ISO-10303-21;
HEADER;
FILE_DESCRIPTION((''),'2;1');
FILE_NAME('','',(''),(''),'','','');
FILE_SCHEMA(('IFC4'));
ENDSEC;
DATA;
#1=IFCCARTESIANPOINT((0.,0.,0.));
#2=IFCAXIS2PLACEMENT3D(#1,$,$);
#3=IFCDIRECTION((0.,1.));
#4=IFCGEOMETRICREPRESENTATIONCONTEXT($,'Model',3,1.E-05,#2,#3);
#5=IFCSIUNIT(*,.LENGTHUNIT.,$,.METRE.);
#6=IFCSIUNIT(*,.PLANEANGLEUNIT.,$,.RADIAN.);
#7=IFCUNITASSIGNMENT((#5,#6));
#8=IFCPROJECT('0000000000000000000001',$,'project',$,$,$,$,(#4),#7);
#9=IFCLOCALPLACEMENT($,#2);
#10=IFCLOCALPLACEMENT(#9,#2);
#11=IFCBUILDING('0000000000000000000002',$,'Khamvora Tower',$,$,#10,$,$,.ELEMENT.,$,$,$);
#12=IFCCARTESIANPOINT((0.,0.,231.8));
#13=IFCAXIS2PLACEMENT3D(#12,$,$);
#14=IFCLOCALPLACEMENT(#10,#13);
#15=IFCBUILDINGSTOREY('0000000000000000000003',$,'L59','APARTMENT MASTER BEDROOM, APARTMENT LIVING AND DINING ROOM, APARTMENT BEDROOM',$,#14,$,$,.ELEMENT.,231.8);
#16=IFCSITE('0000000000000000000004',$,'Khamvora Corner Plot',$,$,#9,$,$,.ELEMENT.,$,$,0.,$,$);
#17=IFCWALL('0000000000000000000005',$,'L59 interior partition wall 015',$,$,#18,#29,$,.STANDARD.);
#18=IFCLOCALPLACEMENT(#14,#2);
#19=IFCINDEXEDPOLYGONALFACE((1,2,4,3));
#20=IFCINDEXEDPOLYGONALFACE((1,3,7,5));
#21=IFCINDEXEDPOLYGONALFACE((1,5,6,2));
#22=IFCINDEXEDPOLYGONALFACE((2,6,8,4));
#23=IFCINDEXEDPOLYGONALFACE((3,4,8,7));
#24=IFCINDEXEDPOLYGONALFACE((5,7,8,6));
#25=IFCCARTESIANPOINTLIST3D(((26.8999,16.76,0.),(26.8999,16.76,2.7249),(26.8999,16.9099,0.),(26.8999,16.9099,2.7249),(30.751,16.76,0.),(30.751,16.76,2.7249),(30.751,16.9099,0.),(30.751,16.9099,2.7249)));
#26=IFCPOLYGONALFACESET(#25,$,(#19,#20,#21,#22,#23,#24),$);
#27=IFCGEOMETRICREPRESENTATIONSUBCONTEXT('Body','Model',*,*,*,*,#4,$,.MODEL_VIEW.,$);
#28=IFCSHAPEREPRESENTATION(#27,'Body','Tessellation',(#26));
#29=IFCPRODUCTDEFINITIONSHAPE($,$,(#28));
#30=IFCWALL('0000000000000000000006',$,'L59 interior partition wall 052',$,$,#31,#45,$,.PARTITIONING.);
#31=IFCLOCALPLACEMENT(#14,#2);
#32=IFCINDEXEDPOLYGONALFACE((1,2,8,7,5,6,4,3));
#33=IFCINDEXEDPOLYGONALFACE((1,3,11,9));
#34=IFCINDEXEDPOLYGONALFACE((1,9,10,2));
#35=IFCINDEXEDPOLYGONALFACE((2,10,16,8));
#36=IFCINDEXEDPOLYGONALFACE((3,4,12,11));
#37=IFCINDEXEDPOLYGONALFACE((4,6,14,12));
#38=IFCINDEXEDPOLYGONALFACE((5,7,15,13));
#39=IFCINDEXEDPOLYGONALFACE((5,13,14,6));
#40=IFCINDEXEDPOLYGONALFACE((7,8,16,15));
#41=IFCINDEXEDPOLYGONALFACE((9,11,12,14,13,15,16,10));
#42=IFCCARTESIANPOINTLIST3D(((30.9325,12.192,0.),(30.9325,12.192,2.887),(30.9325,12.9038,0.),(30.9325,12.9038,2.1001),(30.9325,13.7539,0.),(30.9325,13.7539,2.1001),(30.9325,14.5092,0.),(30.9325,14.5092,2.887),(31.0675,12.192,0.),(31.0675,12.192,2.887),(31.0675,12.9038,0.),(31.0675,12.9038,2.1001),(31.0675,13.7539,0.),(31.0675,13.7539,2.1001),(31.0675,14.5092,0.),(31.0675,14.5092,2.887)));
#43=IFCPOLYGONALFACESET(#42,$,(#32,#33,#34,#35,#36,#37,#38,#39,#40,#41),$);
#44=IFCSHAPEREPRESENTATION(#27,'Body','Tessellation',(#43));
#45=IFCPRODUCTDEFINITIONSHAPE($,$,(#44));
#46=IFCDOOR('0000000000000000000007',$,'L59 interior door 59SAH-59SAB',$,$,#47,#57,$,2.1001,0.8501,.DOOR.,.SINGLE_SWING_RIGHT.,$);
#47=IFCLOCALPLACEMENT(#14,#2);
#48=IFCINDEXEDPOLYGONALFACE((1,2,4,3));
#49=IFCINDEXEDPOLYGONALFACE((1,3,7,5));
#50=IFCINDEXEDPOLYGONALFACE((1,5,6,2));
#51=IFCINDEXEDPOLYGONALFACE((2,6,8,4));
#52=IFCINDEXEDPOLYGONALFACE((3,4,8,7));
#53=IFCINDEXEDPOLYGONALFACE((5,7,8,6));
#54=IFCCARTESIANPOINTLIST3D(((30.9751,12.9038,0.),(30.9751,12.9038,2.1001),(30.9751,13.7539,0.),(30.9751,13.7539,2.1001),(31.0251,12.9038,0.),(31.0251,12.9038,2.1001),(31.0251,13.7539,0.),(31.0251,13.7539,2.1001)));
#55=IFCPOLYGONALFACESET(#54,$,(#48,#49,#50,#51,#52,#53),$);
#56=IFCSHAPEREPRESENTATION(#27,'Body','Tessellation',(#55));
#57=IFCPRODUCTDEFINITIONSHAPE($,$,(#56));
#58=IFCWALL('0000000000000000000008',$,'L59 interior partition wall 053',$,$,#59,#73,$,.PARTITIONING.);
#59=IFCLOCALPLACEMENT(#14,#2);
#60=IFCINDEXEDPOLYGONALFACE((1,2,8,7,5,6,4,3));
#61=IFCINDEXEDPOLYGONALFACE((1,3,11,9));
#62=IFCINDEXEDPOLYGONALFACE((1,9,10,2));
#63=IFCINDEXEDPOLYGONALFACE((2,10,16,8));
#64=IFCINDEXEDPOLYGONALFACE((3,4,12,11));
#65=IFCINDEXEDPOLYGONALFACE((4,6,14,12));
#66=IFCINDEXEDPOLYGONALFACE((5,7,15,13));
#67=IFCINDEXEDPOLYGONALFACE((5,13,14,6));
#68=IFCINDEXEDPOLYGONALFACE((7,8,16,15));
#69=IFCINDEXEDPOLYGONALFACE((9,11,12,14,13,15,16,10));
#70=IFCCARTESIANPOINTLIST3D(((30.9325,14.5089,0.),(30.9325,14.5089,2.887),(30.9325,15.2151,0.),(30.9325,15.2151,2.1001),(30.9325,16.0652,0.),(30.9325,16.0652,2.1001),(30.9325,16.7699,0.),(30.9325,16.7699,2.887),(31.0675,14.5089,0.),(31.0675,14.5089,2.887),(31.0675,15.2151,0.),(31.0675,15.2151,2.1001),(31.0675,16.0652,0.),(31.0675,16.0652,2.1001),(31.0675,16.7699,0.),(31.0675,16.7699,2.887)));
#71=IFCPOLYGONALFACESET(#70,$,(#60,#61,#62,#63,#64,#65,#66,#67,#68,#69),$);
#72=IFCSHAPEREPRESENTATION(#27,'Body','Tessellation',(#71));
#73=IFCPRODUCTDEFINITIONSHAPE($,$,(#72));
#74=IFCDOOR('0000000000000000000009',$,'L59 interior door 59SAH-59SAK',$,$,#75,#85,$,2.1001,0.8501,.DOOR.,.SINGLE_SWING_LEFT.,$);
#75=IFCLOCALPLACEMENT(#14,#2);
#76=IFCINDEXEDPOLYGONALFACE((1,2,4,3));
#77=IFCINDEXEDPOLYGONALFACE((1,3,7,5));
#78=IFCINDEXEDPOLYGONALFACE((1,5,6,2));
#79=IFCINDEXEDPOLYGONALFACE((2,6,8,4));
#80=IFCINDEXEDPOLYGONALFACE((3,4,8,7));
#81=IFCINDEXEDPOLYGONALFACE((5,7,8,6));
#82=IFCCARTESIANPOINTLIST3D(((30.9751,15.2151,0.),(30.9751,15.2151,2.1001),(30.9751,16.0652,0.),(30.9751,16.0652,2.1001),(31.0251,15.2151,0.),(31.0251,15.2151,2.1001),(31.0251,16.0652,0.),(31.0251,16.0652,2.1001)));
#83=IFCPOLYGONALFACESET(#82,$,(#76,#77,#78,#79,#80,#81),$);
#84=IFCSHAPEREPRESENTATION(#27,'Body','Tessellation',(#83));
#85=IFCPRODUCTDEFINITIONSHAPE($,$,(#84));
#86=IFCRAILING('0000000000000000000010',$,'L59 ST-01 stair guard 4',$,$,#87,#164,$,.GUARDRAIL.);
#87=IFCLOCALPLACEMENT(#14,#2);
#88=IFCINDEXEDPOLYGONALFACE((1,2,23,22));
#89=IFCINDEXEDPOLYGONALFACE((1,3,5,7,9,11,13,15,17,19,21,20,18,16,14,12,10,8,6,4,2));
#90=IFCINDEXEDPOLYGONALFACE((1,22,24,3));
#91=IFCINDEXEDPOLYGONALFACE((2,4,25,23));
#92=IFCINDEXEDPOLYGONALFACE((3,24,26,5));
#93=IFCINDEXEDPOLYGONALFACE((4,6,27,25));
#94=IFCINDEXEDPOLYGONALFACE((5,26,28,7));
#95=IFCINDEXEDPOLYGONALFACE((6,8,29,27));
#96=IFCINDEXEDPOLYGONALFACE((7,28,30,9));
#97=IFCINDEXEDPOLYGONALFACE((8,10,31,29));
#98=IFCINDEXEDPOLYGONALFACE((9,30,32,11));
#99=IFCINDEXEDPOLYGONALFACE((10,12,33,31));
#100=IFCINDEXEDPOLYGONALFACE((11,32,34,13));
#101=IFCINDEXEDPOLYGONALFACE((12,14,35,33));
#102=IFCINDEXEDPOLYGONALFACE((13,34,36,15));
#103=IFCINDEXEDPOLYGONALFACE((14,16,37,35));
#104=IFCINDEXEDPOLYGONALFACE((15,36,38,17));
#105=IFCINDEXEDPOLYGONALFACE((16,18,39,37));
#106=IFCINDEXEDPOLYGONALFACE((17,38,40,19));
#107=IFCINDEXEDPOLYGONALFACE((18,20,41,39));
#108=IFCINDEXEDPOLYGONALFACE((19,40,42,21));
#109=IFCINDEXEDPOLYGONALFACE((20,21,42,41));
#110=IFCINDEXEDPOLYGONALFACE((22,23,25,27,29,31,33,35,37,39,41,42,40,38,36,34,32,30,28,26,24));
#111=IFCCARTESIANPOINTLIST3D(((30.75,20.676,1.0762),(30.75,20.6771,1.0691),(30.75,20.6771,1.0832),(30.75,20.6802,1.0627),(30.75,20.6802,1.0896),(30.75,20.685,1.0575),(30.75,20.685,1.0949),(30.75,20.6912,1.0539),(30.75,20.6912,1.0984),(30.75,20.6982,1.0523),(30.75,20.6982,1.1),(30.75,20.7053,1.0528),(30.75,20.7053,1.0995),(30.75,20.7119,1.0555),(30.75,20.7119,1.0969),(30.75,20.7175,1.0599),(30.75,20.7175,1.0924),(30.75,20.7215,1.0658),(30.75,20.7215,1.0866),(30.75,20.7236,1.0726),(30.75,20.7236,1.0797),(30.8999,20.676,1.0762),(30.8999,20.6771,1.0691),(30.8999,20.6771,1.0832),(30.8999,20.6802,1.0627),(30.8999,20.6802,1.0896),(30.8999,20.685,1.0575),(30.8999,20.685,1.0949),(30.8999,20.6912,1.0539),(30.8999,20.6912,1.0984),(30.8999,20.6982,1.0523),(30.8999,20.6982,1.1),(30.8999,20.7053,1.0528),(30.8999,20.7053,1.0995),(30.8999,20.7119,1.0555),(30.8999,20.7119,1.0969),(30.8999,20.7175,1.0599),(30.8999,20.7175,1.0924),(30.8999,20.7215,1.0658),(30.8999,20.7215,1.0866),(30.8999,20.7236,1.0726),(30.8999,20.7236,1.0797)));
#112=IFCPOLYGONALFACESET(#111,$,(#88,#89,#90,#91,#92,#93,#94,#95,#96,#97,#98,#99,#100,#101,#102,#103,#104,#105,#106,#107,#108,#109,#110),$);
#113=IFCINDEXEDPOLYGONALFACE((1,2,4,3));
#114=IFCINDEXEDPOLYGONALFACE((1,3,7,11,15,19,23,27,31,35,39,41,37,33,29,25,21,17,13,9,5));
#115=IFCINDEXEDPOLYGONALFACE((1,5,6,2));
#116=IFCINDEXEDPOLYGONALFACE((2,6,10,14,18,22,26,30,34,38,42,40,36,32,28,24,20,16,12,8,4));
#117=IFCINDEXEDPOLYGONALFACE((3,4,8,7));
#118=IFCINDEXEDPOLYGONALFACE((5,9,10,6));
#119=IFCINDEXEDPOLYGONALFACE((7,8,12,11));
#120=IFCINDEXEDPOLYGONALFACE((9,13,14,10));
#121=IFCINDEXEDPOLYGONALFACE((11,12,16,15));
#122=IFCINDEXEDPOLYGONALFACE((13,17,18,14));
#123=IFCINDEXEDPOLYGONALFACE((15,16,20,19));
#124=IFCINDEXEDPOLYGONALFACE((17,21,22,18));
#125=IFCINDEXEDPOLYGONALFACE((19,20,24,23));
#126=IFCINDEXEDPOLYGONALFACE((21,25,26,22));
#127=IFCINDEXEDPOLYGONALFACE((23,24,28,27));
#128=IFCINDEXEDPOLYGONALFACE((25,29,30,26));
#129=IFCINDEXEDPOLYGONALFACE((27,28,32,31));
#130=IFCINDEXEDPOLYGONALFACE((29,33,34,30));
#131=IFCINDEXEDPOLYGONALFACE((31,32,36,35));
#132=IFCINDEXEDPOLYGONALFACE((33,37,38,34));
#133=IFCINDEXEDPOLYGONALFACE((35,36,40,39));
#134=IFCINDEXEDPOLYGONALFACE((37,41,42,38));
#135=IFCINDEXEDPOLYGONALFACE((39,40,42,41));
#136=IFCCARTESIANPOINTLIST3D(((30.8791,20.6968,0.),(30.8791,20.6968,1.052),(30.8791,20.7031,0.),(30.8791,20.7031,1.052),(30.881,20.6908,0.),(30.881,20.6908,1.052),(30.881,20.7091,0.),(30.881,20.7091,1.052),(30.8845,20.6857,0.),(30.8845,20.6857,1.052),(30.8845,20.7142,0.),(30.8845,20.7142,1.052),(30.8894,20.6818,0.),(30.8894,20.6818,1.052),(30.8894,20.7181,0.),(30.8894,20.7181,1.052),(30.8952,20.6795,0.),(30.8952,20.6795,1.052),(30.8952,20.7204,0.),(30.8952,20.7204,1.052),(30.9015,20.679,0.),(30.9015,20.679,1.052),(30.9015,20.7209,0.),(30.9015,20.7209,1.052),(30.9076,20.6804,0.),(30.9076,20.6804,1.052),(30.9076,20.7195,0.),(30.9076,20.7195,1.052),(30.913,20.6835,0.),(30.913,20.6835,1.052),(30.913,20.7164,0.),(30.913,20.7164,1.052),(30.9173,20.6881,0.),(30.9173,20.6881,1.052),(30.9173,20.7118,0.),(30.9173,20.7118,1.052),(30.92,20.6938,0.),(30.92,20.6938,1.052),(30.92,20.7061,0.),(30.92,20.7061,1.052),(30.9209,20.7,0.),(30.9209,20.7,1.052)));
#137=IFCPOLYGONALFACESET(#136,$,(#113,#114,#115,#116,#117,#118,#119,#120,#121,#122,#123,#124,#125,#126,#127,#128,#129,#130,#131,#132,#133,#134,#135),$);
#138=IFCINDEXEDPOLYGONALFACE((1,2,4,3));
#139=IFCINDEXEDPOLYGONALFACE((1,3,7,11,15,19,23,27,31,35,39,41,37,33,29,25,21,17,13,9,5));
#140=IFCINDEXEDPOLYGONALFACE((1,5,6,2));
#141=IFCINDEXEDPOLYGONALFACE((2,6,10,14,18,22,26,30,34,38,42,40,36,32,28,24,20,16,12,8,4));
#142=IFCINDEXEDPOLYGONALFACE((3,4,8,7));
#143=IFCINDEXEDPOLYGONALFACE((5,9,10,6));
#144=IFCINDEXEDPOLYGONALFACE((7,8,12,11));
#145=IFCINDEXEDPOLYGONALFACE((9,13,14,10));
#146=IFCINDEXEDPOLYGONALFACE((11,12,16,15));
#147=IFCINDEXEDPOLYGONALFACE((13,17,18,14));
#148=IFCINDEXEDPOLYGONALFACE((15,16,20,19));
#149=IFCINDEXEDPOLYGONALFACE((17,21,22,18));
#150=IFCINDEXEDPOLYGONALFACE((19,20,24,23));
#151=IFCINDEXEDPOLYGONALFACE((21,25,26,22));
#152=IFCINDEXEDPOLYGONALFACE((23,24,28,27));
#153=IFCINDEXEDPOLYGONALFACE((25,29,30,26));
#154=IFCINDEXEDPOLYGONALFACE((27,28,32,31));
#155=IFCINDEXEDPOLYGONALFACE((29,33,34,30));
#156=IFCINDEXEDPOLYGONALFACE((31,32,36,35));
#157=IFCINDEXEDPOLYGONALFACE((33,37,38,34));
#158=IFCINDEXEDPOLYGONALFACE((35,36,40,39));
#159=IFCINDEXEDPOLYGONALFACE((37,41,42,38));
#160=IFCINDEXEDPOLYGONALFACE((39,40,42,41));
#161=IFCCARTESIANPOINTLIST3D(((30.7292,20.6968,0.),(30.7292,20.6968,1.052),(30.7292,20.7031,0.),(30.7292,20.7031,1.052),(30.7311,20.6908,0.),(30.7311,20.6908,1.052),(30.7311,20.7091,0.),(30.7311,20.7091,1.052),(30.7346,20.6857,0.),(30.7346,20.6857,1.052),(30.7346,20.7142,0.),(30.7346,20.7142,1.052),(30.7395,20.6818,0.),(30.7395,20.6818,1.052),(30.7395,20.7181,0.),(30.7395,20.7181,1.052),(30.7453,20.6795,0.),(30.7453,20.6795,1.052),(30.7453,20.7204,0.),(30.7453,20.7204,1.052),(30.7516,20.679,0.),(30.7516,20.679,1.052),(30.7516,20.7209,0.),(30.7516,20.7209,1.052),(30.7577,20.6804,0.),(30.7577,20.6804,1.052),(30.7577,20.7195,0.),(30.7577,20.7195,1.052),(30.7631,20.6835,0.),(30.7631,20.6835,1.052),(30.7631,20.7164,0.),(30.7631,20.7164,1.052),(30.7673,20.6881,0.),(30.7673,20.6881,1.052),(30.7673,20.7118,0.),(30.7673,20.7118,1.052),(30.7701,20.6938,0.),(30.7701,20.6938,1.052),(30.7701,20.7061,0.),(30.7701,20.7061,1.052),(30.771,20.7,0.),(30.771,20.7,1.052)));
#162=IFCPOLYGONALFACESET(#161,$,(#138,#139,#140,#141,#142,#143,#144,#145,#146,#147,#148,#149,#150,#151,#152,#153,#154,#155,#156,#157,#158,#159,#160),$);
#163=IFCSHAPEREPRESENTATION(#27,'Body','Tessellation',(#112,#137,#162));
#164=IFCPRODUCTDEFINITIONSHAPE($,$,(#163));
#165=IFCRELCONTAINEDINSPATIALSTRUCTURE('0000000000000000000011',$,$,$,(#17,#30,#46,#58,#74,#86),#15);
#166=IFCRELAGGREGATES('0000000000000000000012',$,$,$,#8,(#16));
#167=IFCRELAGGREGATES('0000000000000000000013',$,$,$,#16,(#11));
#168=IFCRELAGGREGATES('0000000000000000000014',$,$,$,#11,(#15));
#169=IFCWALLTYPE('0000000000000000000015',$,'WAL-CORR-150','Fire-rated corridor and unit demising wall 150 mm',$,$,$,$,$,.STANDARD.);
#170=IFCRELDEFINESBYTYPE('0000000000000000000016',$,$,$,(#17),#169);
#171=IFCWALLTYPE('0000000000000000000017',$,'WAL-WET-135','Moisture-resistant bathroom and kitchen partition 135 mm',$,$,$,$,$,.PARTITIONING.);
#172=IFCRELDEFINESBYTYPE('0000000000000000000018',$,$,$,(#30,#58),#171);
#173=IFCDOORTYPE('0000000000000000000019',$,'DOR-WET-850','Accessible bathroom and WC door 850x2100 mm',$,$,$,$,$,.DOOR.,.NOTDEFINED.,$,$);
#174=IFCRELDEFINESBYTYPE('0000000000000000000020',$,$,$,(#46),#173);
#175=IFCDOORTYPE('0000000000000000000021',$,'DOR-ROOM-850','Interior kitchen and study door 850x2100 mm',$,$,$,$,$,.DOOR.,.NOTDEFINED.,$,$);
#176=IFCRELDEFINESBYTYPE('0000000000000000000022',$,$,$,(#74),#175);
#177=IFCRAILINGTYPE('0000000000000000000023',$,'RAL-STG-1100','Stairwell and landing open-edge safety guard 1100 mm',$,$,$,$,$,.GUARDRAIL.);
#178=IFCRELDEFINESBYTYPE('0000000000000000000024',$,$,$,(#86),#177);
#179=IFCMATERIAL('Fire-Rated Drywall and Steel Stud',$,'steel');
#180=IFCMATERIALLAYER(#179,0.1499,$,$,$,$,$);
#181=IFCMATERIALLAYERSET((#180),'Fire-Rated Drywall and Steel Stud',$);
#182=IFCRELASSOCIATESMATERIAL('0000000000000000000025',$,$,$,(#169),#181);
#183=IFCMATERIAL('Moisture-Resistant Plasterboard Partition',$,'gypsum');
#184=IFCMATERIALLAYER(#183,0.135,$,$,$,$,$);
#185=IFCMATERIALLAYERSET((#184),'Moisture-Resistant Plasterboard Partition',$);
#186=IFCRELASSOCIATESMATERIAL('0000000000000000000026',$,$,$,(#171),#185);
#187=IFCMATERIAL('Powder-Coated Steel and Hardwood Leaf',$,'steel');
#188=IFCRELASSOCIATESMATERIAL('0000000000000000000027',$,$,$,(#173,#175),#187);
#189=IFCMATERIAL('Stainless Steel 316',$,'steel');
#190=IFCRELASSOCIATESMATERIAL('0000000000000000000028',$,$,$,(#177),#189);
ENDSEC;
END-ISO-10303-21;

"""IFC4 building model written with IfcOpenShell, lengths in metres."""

from ifc_helpers import new_model, si_unit, direction, frame, frame_2d, origin, origin_2d, place, context, subcontext, project, spatial, rectangle, circle, extrude, material, layer, layer_set, type_object, element, fill, save


model = new_model("IFC4")

# Units and contexts
model_context = context("Model", 3, precision=1e-05, world=origin(), true_north=direction((0.0, 1.0)))
body_context = subcontext(model_context, "Body", "Model", "MODEL_VIEW")
ifc_project = project(units=[si_unit("LENGTHUNIT", "METRE"), si_unit("PLANEANGLEUNIT", "RADIAN")], contexts=[model_context])

# Site, building, storey
site_placement = place(None, origin())
site = spatial("IfcSite", under=ifc_project, at=site_placement, Name="Khamvora Corner Plot", CompositionType="ELEMENT", RefElevation=0.0)
building_placement = place(site_placement, origin())
building = spatial("IfcBuilding", under=site, at=building_placement, Name="Khamvora Tower", CompositionType="ELEMENT")
storey_placement = place(building_placement, frame((0.0, 0.0, 231.8)))
storey = spatial("IfcBuildingStorey", under=building, at=storey_placement, Name="L59", Description="APARTMENT MASTER BEDROOM, APARTMENT LIVING AND DINING ROOM, APARTMENT BEDROOM", CompositionType="ELEMENT", Elevation=231.8)

# Shared definitions
ifc_material_1 = material(Name="Powder-Coated Steel and Hardwood Leaf", Category="steel")

# Wall
ifc_material_2 = material(Name="Fire-Rated Drywall and Steel Stud", Category="steel")
ifc_layer_1 = layer(ifc_material_2, 0.1499)
ifc_layer_set_1 = layer_set([ifc_layer_1], Name="Fire-Rated Drywall and Steel Stud")
wall_type_1 = type_object("IfcWallType", Name="WAL-CORR-150", Description="Fire-rated corridor and unit demising wall 150 mm", PredefinedType="STANDARD", material=ifc_layer_set_1)
wall_1_placement = place(storey_placement, frame((30.751, 16.835, 0.0), z_axis=(0.0, 0.0, 1.0), x_axis=(-1.0, 0.0, 0.0)))
element("IfcWall", 1, at=wall_1_placement, inside=storey, type_object=wall_type_1, Name="L59 interior partition wall 015", PredefinedType="STANDARD", context=body_context, shape_type="SweptSolid", body=[
    extrude(rectangle(XDim=3.8511, YDim=0.1499, at=frame_2d((1.9255, 0.0))), origin(), (0.0, 0.0, 1.0), 2.7249),
])

# Walls, openings, doors
ifc_material_3 = material(Name="Moisture-Resistant Plasterboard Partition", Category="gypsum")
ifc_layer_2 = layer(ifc_material_3, 0.135)
ifc_layer_set_2 = layer_set([ifc_layer_2], Name="Moisture-Resistant Plasterboard Partition")
wall_type_2 = type_object("IfcWallType", Name="WAL-WET-135", Description="Moisture-resistant bathroom and kitchen partition 135 mm", PredefinedType="PARTITIONING", material=ifc_layer_set_2)
wall_2_placement = place(storey_placement, frame((31.0, 12.1919, 0.0), z_axis=(0.0, 0.0, 1.0), x_axis=(0.0, 1.0, 0.0)))
wall_2 = element("IfcWall", 2, at=wall_2_placement, inside=storey, type_object=wall_type_2, Name="L59 interior partition wall 052", PredefinedType="PARTITIONING", context=body_context, shape_type="SweptSolid", body=[
    extrude(rectangle(XDim=2.3171, YDim=0.135, at=frame_2d((1.1587, 0.0))), origin(), (0.0, 0.0, 1.0), 2.887),
])
opening_1_placement = place(wall_2_placement, frame((0.7119, 0.0, 0.0)))
opening_1 = element("IfcOpeningElement", 3, at=opening_1_placement, cuts=wall_2, PredefinedType="OPENING", context=body_context, shape_type="SweptSolid", body=[
    extrude(rectangle(XDim=0.8501, YDim=2.1001, at=frame_2d((0.425, 1.05))), frame((0.0, 0.0774, 0.0), z_axis=(0.0, -1.0, 0.0), x_axis=(1.0, 0.0, 0.0)), (0.0, 0.0, 1.0), 0.155),
])
door_type_1 = type_object("IfcDoorType", Name="DOR-WET-850", Description="Accessible bathroom and WC door 850x2100 mm", OperationType="NOTDEFINED", PredefinedType="DOOR", material=ifc_material_1)
door_1_placement = place(opening_1_placement, origin())
door_1 = element("IfcDoor", 4, at=door_1_placement, inside=storey, type_object=door_type_1, Name="L59 interior door 59SAH-59SAB", OperationType="SINGLE_SWING_RIGHT", OverallHeight=2.1001, OverallWidth=0.8501, PredefinedType="DOOR", context=body_context, shape_type="SweptSolid", body=[
    extrude(rectangle(XDim=0.8501, YDim=2.1001, at=frame_2d((0.425, 1.05))), frame((0.0, 0.0249, 0.0), z_axis=(0.0, -1.0, 0.0), x_axis=(1.0, 0.0, 0.0)), (0.0, 0.0, 1.0), 0.05),
])
fill(opening_1, door_1)
wall_3_placement = place(storey_placement, frame((31.0, 14.509, 0.0), z_axis=(0.0, 0.0, 1.0), x_axis=(0.0, 1.0, 0.0)))
wall_3 = element("IfcWall", 5, at=wall_3_placement, inside=storey, type_object=wall_type_2, Name="L59 interior partition wall 053", PredefinedType="PARTITIONING", context=body_context, shape_type="SweptSolid", body=[
    extrude(rectangle(XDim=2.261, YDim=0.135, at=frame_2d((1.1304, 0.0))), origin(), (0.0, 0.0, 1.0), 2.887),
])
opening_2_placement = place(wall_3_placement, frame((0.7061, 0.0, 0.0)))
opening_2 = element("IfcOpeningElement", 6, at=opening_2_placement, cuts=wall_3, PredefinedType="OPENING", context=body_context, shape_type="SweptSolid", body=[
    extrude(rectangle(XDim=0.8501, YDim=2.1001, at=frame_2d((0.425, 1.05))), frame((0.0, 0.0774, 0.0), z_axis=(0.0, -1.0, 0.0), x_axis=(1.0, 0.0, 0.0)), (0.0, 0.0, 1.0), 0.155),
])
door_type_2 = type_object("IfcDoorType", Name="DOR-ROOM-850", Description="Interior kitchen and study door 850x2100 mm", OperationType="NOTDEFINED", PredefinedType="DOOR", material=ifc_material_1)
door_2_placement = place(opening_2_placement, origin())
door_2 = element("IfcDoor", 7, at=door_2_placement, inside=storey, type_object=door_type_2, Name="L59 interior door 59SAH-59SAK", OperationType="SINGLE_SWING_LEFT", OverallHeight=2.1001, OverallWidth=0.8501, PredefinedType="DOOR", context=body_context, shape_type="SweptSolid", body=[
    extrude(rectangle(XDim=0.8501, YDim=2.1001, at=frame_2d((0.425, 1.05))), frame((0.0, 0.0249, 0.0), z_axis=(0.0, -1.0, 0.0), x_axis=(1.0, 0.0, 0.0)), (0.0, 0.0, 1.0), 0.05),
])
fill(opening_2, door_2)

# Railing
ifc_material_4 = material(Name="Stainless Steel 316", Category="steel")
railing_type = type_object("IfcRailingType", Name="RAL-STG-1100", Description="Stairwell and landing open-edge safety guard 1100 mm", PredefinedType="GUARDRAIL", material=ifc_material_4)
railing_placement = place(storey_placement, frame((30.8999, 20.7, 0.0)))
element("IfcRailing", 8, at=railing_placement, inside=storey, type_object=railing_type, Name="L59 ST-01 stair guard 4", PredefinedType="GUARDRAIL", context=body_context, shape_type="SweptSolid", body=[
    extrude(circle(Radius=0.0239, at=origin_2d()), frame((0.0, 0.0, 1.0762), z_axis=(-1.0, 0.0, 0.0), x_axis=(0.0, -1.0, 0.0)), (0.0, 0.0, 1.0), 0.1499),
    extrude(circle(Radius=0.021, at=origin_2d()), origin(), (0.0, 0.0, 1.0), 1.052),
    extrude(circle(Radius=0.021, at=origin_2d()), frame((-0.1499, 0.0, 0.0)), (0.0, 0.0, 1.0), 1.052),
])

save(model, "model.ifc")
